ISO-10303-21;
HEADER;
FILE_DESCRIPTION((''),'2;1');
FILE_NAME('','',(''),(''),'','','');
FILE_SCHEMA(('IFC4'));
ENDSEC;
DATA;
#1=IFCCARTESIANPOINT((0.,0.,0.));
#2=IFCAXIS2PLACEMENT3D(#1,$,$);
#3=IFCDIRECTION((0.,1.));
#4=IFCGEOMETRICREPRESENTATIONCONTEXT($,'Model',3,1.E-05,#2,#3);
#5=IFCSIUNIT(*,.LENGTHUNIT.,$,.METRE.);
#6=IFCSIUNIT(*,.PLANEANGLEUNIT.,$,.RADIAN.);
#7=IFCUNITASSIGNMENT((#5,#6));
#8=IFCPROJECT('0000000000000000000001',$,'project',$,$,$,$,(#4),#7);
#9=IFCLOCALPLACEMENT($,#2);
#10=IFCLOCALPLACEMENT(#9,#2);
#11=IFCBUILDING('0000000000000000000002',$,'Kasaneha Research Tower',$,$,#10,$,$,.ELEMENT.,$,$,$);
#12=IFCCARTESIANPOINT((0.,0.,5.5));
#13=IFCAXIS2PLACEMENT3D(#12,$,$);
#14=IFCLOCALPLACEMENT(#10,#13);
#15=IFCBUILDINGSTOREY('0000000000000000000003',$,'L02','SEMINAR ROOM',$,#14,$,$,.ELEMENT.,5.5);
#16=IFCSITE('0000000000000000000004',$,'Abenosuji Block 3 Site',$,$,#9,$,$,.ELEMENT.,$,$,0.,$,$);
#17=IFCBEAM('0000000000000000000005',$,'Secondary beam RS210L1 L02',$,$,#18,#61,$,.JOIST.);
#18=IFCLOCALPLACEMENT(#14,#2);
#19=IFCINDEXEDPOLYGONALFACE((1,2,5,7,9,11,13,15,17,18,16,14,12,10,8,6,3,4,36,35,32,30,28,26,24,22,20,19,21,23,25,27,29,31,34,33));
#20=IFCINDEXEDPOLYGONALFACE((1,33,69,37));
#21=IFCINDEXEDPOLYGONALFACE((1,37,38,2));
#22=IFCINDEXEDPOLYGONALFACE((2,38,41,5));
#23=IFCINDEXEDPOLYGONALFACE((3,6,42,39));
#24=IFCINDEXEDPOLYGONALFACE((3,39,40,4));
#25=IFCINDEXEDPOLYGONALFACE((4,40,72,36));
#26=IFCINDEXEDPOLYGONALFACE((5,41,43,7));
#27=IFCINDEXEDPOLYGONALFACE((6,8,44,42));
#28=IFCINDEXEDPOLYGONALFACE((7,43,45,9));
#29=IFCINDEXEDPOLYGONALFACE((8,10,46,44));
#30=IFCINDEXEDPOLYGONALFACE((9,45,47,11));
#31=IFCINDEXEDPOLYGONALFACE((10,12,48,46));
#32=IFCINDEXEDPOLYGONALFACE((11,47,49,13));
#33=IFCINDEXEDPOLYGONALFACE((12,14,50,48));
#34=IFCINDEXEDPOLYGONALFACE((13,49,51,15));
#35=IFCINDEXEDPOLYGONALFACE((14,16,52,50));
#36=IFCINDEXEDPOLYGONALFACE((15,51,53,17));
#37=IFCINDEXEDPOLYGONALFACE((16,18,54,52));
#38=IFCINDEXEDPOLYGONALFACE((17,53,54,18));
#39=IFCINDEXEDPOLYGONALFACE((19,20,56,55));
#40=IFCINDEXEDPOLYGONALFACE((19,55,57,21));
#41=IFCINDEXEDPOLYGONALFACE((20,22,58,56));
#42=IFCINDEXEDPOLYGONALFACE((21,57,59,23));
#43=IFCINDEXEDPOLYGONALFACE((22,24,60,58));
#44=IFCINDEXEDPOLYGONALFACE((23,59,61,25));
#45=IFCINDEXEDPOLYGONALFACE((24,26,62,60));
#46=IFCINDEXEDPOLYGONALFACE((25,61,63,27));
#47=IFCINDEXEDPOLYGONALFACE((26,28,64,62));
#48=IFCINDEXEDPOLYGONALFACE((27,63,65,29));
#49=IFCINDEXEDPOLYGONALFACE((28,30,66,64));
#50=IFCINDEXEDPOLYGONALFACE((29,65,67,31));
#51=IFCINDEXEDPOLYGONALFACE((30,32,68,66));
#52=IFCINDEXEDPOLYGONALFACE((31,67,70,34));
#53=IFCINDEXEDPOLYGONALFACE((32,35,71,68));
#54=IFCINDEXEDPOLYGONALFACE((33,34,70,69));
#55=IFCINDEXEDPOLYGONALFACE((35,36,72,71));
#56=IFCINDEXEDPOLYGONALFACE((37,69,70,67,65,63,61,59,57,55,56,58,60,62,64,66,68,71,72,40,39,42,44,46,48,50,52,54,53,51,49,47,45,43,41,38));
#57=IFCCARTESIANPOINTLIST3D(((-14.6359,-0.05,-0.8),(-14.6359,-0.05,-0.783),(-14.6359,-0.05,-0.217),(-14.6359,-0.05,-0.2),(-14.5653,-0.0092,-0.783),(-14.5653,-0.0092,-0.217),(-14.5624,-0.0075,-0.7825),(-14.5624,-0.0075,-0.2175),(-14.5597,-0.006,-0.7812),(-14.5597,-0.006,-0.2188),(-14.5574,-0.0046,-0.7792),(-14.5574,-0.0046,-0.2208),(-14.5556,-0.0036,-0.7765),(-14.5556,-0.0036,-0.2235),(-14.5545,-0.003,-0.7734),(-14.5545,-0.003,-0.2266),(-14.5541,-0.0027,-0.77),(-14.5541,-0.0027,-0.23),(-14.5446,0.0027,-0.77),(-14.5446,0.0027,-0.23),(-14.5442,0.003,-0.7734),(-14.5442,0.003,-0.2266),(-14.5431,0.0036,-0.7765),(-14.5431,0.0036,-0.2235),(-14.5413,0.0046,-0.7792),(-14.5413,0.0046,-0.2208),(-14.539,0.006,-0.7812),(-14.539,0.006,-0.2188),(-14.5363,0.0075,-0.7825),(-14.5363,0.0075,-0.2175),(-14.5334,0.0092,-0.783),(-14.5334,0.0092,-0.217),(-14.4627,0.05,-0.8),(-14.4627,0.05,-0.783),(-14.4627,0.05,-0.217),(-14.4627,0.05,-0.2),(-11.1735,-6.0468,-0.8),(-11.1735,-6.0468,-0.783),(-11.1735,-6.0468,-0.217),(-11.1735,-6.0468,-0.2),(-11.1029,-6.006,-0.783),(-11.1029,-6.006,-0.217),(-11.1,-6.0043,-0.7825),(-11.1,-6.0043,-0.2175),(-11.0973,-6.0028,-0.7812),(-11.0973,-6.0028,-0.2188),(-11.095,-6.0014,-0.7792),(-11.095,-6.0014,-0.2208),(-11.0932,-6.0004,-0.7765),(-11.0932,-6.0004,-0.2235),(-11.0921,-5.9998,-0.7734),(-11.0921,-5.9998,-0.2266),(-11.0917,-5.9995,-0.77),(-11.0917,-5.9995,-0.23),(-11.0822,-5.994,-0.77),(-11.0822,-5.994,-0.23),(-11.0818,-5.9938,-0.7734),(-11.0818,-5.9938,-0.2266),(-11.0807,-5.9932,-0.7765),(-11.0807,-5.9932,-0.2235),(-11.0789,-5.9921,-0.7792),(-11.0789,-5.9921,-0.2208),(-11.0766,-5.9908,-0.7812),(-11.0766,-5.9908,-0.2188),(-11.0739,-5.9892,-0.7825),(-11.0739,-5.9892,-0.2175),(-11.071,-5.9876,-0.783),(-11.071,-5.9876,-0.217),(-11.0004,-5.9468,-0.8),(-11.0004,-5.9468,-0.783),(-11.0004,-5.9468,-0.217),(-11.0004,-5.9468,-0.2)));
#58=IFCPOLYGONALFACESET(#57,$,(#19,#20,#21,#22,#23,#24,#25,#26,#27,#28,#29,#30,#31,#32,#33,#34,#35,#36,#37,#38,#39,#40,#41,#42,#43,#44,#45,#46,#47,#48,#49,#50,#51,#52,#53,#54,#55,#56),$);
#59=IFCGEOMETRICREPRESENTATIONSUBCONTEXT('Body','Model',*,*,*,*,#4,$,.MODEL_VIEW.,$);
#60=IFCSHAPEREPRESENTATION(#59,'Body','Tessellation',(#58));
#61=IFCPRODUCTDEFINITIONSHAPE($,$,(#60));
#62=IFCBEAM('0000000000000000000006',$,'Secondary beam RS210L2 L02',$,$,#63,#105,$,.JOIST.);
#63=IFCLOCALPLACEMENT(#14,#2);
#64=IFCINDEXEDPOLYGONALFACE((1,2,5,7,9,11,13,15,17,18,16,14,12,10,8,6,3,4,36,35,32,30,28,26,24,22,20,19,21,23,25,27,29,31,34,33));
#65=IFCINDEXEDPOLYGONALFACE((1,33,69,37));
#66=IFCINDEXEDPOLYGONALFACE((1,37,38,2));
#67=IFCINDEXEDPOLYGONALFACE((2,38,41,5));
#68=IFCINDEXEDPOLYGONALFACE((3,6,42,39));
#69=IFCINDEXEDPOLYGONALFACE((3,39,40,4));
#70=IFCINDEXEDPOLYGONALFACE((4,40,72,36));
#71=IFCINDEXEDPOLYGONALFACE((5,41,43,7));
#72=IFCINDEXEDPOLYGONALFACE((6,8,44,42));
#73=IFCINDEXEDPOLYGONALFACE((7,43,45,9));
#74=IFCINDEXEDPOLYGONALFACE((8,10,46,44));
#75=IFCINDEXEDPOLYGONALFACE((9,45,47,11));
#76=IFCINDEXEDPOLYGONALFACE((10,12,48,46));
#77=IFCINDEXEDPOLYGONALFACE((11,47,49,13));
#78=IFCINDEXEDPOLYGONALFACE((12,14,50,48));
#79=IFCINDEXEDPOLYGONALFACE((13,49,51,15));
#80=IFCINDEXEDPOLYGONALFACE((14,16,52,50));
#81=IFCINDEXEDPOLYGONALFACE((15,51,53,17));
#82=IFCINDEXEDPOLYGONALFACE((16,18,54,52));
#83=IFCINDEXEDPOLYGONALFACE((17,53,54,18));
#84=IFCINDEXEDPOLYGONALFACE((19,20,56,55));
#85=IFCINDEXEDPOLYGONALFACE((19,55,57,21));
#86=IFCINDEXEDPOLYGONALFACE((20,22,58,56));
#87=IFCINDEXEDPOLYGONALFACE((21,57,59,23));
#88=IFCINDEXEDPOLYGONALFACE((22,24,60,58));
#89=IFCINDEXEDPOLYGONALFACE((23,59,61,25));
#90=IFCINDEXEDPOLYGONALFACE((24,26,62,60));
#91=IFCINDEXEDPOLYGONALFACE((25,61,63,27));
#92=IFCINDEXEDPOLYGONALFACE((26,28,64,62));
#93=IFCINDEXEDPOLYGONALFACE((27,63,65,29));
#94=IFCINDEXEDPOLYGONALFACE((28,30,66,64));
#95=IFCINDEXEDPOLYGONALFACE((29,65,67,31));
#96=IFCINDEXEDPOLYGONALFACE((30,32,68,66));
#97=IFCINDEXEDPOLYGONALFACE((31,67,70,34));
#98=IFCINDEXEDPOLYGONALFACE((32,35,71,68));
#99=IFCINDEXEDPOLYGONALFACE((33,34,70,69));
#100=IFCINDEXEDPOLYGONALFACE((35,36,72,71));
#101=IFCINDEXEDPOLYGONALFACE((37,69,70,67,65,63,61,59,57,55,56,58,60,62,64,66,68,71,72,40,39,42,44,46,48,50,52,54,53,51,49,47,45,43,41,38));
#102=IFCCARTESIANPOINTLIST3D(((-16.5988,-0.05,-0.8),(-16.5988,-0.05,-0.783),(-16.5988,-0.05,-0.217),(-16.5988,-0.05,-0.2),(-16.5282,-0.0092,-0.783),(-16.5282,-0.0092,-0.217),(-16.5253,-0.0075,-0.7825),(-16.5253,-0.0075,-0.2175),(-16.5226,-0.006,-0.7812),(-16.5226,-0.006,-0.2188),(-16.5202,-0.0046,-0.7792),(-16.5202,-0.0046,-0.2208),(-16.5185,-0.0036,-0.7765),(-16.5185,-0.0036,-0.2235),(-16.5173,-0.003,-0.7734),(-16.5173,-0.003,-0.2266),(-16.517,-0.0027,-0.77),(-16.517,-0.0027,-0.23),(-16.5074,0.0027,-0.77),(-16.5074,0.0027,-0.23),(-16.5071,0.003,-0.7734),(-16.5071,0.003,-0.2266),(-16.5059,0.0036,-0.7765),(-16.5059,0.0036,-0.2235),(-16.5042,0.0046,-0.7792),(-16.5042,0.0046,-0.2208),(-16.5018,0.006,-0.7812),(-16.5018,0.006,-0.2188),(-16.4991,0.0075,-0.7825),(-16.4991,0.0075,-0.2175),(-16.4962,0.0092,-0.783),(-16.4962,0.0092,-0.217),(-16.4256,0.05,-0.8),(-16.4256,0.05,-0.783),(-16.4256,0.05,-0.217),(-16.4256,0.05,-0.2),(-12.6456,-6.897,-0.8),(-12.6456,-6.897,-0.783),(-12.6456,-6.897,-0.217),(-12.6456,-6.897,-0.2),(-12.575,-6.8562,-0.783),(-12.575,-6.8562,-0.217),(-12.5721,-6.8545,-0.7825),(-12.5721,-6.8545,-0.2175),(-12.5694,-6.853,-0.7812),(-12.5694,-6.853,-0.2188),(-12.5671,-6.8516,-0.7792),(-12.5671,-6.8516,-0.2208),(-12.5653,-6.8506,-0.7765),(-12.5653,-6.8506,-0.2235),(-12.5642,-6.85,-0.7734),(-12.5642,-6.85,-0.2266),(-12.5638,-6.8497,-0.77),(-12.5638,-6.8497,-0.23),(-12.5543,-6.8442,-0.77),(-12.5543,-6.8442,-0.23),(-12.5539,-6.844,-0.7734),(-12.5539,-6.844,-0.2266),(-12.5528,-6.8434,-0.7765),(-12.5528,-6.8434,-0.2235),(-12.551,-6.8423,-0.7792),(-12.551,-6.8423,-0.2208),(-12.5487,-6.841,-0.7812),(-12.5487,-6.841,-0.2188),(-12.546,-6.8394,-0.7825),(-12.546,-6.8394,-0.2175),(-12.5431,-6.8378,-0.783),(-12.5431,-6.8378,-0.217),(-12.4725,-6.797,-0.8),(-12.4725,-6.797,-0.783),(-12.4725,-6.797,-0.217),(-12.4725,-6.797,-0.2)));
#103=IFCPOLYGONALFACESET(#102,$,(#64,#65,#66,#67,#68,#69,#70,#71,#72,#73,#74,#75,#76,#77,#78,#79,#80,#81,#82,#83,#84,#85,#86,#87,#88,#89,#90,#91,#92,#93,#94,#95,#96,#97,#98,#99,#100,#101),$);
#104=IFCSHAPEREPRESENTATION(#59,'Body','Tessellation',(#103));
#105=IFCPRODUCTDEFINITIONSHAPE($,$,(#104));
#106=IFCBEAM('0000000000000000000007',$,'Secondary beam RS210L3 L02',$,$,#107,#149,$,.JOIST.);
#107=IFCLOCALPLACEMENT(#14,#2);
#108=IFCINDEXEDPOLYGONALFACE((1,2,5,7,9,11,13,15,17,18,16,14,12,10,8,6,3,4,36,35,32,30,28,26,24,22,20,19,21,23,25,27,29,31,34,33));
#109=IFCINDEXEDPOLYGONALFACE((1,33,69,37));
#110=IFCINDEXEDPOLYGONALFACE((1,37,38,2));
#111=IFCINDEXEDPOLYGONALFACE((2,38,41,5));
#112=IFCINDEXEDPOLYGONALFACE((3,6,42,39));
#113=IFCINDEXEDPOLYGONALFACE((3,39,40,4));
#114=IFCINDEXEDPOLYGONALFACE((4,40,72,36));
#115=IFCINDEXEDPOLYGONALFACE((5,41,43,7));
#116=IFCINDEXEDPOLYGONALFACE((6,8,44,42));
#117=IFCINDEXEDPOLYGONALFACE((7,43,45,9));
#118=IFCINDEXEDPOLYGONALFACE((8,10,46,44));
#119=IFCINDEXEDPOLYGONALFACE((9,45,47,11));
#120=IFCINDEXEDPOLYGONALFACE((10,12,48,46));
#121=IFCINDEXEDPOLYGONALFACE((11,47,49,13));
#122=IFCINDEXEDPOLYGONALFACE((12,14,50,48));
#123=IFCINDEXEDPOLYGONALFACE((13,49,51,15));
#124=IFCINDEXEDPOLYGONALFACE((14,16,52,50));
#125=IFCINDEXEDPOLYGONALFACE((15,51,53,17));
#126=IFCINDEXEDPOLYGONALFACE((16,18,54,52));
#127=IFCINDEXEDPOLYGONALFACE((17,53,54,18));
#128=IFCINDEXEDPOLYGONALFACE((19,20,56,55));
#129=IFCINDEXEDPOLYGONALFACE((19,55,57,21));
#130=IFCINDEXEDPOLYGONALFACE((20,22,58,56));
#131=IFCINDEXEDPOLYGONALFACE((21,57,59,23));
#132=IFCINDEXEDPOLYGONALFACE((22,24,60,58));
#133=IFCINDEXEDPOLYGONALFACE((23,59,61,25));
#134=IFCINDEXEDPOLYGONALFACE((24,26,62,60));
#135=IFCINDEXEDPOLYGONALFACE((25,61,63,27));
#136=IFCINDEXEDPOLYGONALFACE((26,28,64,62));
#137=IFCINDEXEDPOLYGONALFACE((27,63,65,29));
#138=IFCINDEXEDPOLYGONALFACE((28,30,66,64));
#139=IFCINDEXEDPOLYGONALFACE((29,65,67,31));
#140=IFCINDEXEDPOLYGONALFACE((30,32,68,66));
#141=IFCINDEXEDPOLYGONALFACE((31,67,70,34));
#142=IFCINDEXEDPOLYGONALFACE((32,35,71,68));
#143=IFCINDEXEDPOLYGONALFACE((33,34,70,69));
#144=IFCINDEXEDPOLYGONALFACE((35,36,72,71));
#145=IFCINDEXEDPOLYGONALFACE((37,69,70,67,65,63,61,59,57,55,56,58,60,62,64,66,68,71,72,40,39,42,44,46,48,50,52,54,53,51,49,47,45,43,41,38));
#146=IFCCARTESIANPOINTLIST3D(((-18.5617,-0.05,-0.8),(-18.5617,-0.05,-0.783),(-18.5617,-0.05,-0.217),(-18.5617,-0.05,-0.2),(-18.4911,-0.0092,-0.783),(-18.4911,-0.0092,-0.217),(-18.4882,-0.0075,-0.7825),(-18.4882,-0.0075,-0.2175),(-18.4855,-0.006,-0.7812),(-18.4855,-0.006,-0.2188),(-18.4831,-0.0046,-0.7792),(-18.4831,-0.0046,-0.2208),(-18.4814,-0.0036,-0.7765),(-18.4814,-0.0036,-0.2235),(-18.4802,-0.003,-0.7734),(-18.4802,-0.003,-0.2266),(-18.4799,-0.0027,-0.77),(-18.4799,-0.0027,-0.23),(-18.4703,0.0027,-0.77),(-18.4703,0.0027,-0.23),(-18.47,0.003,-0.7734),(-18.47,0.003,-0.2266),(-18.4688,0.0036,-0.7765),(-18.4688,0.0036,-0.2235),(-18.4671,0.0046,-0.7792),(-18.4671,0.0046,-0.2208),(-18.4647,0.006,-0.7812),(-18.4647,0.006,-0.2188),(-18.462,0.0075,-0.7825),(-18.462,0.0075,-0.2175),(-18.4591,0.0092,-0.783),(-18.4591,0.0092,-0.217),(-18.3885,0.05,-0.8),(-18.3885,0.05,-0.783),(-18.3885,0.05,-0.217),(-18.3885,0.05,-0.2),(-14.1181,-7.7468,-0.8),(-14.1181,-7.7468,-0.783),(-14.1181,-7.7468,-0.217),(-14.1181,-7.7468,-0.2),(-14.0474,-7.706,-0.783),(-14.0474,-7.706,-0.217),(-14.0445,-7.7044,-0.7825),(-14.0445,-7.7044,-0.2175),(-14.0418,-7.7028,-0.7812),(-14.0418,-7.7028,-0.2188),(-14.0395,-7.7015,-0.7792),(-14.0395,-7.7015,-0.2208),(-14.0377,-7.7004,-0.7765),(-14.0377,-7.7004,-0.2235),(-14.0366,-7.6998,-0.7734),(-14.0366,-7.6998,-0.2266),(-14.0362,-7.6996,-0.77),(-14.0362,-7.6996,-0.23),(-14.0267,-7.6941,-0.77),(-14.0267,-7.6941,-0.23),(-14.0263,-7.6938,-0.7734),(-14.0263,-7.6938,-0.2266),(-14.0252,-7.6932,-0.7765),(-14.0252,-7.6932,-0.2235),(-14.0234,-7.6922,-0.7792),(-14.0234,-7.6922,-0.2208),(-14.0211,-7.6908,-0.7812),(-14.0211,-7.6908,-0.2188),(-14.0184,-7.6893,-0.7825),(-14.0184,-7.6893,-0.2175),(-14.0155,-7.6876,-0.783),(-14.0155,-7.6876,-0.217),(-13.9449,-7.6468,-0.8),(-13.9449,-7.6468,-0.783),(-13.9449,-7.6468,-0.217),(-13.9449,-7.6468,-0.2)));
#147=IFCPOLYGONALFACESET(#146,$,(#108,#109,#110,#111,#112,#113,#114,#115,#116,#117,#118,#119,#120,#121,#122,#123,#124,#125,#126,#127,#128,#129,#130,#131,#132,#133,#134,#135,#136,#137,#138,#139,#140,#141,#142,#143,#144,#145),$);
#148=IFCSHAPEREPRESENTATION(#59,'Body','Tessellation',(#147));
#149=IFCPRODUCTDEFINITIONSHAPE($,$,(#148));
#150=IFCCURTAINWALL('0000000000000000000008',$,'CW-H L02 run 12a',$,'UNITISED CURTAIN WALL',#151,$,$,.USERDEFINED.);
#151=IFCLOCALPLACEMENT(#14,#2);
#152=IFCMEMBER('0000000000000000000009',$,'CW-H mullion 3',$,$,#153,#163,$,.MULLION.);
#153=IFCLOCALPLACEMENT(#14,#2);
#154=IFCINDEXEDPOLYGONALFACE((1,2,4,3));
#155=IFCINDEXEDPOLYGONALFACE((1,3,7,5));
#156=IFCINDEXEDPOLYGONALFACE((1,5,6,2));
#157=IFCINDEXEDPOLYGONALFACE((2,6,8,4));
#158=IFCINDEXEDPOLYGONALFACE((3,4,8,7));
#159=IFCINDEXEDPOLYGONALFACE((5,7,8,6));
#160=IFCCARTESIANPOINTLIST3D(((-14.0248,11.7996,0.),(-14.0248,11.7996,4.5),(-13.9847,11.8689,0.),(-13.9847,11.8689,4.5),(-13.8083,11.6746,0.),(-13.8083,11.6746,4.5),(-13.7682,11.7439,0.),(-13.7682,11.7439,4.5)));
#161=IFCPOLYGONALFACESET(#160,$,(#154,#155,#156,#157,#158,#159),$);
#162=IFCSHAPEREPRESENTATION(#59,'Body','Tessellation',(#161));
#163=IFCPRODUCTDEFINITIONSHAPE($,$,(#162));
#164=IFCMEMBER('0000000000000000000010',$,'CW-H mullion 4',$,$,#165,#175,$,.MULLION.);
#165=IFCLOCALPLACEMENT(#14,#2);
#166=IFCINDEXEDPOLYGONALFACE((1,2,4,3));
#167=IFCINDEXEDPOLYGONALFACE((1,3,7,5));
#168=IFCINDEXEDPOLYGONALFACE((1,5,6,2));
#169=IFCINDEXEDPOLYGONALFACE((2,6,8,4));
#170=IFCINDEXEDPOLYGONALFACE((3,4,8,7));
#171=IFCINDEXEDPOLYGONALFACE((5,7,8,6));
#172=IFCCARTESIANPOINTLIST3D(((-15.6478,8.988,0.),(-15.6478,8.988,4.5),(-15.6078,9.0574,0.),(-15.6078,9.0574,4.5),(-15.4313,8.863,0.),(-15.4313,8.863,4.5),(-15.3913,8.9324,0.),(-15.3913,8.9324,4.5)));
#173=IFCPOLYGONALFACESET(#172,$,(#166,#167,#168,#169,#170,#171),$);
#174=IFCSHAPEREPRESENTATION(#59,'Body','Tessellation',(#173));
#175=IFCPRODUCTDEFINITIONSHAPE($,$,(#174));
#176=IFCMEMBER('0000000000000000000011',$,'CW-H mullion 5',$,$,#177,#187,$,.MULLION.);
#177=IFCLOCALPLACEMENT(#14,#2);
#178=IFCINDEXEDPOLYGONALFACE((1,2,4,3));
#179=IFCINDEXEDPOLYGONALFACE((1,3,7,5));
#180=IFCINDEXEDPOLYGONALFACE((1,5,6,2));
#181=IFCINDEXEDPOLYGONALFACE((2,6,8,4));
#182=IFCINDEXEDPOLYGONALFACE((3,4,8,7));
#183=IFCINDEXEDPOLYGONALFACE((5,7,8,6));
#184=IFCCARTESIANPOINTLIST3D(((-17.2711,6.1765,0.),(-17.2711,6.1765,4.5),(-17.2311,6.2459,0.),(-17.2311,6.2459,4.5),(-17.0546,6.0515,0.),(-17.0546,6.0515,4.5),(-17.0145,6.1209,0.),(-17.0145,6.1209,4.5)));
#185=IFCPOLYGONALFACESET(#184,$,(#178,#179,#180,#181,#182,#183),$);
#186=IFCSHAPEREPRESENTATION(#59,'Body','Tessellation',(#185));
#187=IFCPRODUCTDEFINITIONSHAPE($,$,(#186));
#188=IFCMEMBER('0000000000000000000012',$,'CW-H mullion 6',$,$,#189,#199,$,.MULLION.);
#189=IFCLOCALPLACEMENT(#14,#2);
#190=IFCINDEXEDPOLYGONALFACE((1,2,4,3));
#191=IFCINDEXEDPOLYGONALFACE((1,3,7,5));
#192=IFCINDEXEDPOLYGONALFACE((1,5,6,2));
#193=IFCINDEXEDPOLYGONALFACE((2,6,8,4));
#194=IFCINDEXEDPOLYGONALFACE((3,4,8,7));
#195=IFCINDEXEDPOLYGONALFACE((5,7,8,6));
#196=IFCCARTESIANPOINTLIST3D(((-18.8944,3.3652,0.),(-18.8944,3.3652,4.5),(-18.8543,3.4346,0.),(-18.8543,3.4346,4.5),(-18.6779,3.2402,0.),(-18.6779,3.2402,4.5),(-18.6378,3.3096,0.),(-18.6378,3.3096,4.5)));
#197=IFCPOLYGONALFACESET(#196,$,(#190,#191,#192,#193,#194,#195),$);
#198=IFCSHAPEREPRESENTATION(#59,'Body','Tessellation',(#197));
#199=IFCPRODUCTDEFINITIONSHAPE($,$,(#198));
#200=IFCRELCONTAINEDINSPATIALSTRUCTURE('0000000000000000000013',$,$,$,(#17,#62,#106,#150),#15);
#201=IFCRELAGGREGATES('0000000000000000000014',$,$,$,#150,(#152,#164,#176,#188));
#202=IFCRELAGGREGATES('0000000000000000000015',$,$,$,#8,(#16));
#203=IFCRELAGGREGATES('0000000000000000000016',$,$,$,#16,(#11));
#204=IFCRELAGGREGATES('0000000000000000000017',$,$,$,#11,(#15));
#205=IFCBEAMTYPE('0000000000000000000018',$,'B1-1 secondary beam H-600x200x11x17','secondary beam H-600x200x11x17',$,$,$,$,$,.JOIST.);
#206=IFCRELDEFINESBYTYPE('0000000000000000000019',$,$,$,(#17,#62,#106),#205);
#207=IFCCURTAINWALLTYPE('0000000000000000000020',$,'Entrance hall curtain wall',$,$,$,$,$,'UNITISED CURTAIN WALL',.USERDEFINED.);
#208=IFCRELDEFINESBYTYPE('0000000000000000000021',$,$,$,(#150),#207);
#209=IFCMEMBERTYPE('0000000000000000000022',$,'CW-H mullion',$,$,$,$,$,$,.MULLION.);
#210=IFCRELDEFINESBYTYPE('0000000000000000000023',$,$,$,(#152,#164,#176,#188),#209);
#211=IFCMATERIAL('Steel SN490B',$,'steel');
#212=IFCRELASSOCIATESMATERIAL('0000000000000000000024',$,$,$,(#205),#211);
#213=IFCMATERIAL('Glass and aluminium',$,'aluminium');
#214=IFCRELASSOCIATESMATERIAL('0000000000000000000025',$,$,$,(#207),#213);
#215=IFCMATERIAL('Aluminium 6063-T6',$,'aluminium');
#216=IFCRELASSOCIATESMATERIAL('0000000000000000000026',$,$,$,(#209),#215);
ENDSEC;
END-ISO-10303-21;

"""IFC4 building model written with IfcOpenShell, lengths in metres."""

from ifc_helpers import new_model, si_unit, direction, frame, origin, origin_2d, place, context, subcontext, project, spatial, rectangle, i_section, extrude, material, material_profile, profile_set, type_object, element, aggregate, save


model = new_model("IFC4")

# Units and contexts
model_context = context("Model", 3, precision=1e-05, world=origin(), true_north=direction((0.0, 1.0)))
body_context = subcontext(model_context, "Body", "Model", "MODEL_VIEW")
ifc_project = project(units=[si_unit("LENGTHUNIT", "METRE"), si_unit("PLANEANGLEUNIT", "RADIAN")], contexts=[model_context])

# Site, building, storey
site_placement = place(None, origin())
site = spatial("IfcSite", under=ifc_project, at=site_placement, Name="Abenosuji Block 3 Site", CompositionType="ELEMENT", RefElevation=0.0)
building_placement = place(site_placement, origin())
building = spatial("IfcBuilding", under=site, at=building_placement, Name="Kasaneha Research Tower", CompositionType="ELEMENT")
storey_placement = place(building_placement, frame((0.0, 0.0, 5.5)))
storey = spatial("IfcBuildingStorey", under=building, at=storey_placement, Name="L02", Description="SEMINAR ROOM", CompositionType="ELEMENT", Elevation=5.5)

# Beams
ifc_material_1 = material(Name="Steel SN490B", Category="steel")
ifc_material_profile_1 = material_profile(ifc_material_1, i_section(OverallWidth=0.2, OverallDepth=0.6001, WebThickness=0.011, FlangeThickness=0.0171, FilletRadius=0.0129, at=origin_2d()), Name="H-600x200x11x17")
ifc_profile_set_1 = profile_set([ifc_material_profile_1], Name="Steel SN490B")
beam_type_1 = type_object("IfcBeamType", Name="B1-1 secondary beam H-600x200x11x17", Description="secondary beam H-600x200x11x17", PredefinedType="JOIST", material=ifc_profile_set_1)
beam_1_placement = place(storey_placement, frame((-14.5493, 0.0, -0.5), z_axis=(0.500014, -0.866017, 0.0), x_axis=(0.866017, 0.500014, 0.0)))
element("IfcBeam", 1, at=beam_1_placement, inside=storey, type_object=beam_type_1, Name="Secondary beam RS210L1 L02", PredefinedType="JOIST", context=body_context, shape_type="SweptSolid", body=[
    extrude(i_section(OverallWidth=0.2, OverallDepth=0.6001, WebThickness=0.011, FlangeThickness=0.0171, FilletRadius=0.0129, at=origin_2d()), origin(), (0.0, 0.0, 1.0), 6.9246),
])
beam_2_placement = place(storey_placement, frame((-16.5122, 0.0, -0.5), z_axis=(0.500005, -0.866023, 0.0), x_axis=(0.866023, 0.500005, 0.0)))
element("IfcBeam", 2, at=beam_2_placement, inside=storey, type_object=beam_type_1, Name="Secondary beam RS210L2 L02", PredefinedType="JOIST", context=body_context, shape_type="SweptSolid", body=[
    extrude(i_section(OverallWidth=0.2, OverallDepth=0.6001, WebThickness=0.011, FlangeThickness=0.0171, FilletRadius=0.0129, at=origin_2d()), origin(), (0.0, 0.0, 1.0), 7.9062),
])
beam_3_placement = place(storey_placement, frame((-18.4751, 0.0, -0.5), z_axis=(0.499989, -0.866032, 0.0), x_axis=(0.866032, 0.499989, 0.0)))
element("IfcBeam", 3, at=beam_3_placement, inside=storey, type_object=beam_type_1, Name="Secondary beam RS210L3 L02", PredefinedType="JOIST", context=body_context, shape_type="SweptSolid", body=[
    extrude(i_section(OverallWidth=0.2, OverallDepth=0.6001, WebThickness=0.011, FlangeThickness=0.0171, FilletRadius=0.0129, at=origin_2d()), origin(), (0.0, 0.0, 1.0), 8.8875),
])

# Curtain wall, members
ifc_material_2 = material(Name="Glass and aluminium", Category="aluminium")
curtain_wall_type = type_object("IfcCurtainWallType", Name="Entrance hall curtain wall", ElementType="UNITISED CURTAIN WALL", PredefinedType="USERDEFINED", material=ifc_material_2)
curtain_wall_1_placement = place(storey_placement, origin())
curtain_wall_1 = element("IfcCurtainWall", 4, at=curtain_wall_1_placement, inside=storey, type_object=curtain_wall_type, Name="CW-H L02 run 12a", ObjectType="UNITISED CURTAIN WALL", PredefinedType="USERDEFINED")
ifc_material_3 = material(Name="Aluminium 6063-T6", Category="aluminium")
ifc_material_profile_2 = material_profile(ifc_material_3, rectangle(XDim=0.0801, YDim=0.25, at=origin_2d()), Name="CW-H mullion 80x250")
ifc_profile_set_2 = profile_set([ifc_material_profile_2], Name="Aluminium 6063-T6")
member_type_1 = type_object("IfcMemberType", Name="CW-H mullion", PredefinedType="MULLION", material=ifc_profile_set_2)
member_1_placement = place(storey_placement, frame((-13.8965, 11.7717, 0.0), z_axis=(0.0, 0.0, 1.0), x_axis=(-0.5, -0.866025, 0.0)))
member_1 = element("IfcMember", 5, at=member_1_placement, type_object=member_type_1, Name="CW-H mullion 3", PredefinedType="MULLION", context=body_context, shape_type="SweptSolid", body=[
    extrude(rectangle(XDim=0.0801, YDim=0.25, at=origin_2d()), origin(), (0.0, 0.0, 1.0), 4.5),
])
member_2_placement = place(storey_placement, frame((-15.5195, 8.9602, 0.0), z_axis=(0.0, 0.0, 1.0), x_axis=(-0.5, -0.866025, 0.0)))
member_2 = element("IfcMember", 6, at=member_2_placement, type_object=member_type_1, Name="CW-H mullion 4", PredefinedType="MULLION", context=body_context, shape_type="SweptSolid", body=[
    extrude(rectangle(XDim=0.0801, YDim=0.25, at=origin_2d()), origin(), (0.0, 0.0, 1.0), 4.5),
])
member_3_placement = place(storey_placement, frame((-17.1428, 6.1487, 0.0), z_axis=(0.0, 0.0, 1.0), x_axis=(-0.5, -0.866025, 0.0)))
member_3 = element("IfcMember", 7, at=member_3_placement, type_object=member_type_1, Name="CW-H mullion 5", PredefinedType="MULLION", context=body_context, shape_type="SweptSolid", body=[
    extrude(rectangle(XDim=0.0801, YDim=0.25, at=origin_2d()), origin(), (0.0, 0.0, 1.0), 4.5),
])
member_4_placement = place(storey_placement, frame((-18.7661, 3.3374, 0.0), z_axis=(0.0, 0.0, 1.0), x_axis=(-0.5, -0.866025, 0.0)))
member_4 = element("IfcMember", 8, at=member_4_placement, type_object=member_type_1, Name="CW-H mullion 6", PredefinedType="MULLION", context=body_context, shape_type="SweptSolid", body=[
    extrude(rectangle(XDim=0.0801, YDim=0.25, at=origin_2d()), origin(), (0.0, 0.0, 1.0), 4.5),
])

aggregate(curtain_wall_1, [member_1, member_2, member_3, member_4])

save(model, "model.ifc")
